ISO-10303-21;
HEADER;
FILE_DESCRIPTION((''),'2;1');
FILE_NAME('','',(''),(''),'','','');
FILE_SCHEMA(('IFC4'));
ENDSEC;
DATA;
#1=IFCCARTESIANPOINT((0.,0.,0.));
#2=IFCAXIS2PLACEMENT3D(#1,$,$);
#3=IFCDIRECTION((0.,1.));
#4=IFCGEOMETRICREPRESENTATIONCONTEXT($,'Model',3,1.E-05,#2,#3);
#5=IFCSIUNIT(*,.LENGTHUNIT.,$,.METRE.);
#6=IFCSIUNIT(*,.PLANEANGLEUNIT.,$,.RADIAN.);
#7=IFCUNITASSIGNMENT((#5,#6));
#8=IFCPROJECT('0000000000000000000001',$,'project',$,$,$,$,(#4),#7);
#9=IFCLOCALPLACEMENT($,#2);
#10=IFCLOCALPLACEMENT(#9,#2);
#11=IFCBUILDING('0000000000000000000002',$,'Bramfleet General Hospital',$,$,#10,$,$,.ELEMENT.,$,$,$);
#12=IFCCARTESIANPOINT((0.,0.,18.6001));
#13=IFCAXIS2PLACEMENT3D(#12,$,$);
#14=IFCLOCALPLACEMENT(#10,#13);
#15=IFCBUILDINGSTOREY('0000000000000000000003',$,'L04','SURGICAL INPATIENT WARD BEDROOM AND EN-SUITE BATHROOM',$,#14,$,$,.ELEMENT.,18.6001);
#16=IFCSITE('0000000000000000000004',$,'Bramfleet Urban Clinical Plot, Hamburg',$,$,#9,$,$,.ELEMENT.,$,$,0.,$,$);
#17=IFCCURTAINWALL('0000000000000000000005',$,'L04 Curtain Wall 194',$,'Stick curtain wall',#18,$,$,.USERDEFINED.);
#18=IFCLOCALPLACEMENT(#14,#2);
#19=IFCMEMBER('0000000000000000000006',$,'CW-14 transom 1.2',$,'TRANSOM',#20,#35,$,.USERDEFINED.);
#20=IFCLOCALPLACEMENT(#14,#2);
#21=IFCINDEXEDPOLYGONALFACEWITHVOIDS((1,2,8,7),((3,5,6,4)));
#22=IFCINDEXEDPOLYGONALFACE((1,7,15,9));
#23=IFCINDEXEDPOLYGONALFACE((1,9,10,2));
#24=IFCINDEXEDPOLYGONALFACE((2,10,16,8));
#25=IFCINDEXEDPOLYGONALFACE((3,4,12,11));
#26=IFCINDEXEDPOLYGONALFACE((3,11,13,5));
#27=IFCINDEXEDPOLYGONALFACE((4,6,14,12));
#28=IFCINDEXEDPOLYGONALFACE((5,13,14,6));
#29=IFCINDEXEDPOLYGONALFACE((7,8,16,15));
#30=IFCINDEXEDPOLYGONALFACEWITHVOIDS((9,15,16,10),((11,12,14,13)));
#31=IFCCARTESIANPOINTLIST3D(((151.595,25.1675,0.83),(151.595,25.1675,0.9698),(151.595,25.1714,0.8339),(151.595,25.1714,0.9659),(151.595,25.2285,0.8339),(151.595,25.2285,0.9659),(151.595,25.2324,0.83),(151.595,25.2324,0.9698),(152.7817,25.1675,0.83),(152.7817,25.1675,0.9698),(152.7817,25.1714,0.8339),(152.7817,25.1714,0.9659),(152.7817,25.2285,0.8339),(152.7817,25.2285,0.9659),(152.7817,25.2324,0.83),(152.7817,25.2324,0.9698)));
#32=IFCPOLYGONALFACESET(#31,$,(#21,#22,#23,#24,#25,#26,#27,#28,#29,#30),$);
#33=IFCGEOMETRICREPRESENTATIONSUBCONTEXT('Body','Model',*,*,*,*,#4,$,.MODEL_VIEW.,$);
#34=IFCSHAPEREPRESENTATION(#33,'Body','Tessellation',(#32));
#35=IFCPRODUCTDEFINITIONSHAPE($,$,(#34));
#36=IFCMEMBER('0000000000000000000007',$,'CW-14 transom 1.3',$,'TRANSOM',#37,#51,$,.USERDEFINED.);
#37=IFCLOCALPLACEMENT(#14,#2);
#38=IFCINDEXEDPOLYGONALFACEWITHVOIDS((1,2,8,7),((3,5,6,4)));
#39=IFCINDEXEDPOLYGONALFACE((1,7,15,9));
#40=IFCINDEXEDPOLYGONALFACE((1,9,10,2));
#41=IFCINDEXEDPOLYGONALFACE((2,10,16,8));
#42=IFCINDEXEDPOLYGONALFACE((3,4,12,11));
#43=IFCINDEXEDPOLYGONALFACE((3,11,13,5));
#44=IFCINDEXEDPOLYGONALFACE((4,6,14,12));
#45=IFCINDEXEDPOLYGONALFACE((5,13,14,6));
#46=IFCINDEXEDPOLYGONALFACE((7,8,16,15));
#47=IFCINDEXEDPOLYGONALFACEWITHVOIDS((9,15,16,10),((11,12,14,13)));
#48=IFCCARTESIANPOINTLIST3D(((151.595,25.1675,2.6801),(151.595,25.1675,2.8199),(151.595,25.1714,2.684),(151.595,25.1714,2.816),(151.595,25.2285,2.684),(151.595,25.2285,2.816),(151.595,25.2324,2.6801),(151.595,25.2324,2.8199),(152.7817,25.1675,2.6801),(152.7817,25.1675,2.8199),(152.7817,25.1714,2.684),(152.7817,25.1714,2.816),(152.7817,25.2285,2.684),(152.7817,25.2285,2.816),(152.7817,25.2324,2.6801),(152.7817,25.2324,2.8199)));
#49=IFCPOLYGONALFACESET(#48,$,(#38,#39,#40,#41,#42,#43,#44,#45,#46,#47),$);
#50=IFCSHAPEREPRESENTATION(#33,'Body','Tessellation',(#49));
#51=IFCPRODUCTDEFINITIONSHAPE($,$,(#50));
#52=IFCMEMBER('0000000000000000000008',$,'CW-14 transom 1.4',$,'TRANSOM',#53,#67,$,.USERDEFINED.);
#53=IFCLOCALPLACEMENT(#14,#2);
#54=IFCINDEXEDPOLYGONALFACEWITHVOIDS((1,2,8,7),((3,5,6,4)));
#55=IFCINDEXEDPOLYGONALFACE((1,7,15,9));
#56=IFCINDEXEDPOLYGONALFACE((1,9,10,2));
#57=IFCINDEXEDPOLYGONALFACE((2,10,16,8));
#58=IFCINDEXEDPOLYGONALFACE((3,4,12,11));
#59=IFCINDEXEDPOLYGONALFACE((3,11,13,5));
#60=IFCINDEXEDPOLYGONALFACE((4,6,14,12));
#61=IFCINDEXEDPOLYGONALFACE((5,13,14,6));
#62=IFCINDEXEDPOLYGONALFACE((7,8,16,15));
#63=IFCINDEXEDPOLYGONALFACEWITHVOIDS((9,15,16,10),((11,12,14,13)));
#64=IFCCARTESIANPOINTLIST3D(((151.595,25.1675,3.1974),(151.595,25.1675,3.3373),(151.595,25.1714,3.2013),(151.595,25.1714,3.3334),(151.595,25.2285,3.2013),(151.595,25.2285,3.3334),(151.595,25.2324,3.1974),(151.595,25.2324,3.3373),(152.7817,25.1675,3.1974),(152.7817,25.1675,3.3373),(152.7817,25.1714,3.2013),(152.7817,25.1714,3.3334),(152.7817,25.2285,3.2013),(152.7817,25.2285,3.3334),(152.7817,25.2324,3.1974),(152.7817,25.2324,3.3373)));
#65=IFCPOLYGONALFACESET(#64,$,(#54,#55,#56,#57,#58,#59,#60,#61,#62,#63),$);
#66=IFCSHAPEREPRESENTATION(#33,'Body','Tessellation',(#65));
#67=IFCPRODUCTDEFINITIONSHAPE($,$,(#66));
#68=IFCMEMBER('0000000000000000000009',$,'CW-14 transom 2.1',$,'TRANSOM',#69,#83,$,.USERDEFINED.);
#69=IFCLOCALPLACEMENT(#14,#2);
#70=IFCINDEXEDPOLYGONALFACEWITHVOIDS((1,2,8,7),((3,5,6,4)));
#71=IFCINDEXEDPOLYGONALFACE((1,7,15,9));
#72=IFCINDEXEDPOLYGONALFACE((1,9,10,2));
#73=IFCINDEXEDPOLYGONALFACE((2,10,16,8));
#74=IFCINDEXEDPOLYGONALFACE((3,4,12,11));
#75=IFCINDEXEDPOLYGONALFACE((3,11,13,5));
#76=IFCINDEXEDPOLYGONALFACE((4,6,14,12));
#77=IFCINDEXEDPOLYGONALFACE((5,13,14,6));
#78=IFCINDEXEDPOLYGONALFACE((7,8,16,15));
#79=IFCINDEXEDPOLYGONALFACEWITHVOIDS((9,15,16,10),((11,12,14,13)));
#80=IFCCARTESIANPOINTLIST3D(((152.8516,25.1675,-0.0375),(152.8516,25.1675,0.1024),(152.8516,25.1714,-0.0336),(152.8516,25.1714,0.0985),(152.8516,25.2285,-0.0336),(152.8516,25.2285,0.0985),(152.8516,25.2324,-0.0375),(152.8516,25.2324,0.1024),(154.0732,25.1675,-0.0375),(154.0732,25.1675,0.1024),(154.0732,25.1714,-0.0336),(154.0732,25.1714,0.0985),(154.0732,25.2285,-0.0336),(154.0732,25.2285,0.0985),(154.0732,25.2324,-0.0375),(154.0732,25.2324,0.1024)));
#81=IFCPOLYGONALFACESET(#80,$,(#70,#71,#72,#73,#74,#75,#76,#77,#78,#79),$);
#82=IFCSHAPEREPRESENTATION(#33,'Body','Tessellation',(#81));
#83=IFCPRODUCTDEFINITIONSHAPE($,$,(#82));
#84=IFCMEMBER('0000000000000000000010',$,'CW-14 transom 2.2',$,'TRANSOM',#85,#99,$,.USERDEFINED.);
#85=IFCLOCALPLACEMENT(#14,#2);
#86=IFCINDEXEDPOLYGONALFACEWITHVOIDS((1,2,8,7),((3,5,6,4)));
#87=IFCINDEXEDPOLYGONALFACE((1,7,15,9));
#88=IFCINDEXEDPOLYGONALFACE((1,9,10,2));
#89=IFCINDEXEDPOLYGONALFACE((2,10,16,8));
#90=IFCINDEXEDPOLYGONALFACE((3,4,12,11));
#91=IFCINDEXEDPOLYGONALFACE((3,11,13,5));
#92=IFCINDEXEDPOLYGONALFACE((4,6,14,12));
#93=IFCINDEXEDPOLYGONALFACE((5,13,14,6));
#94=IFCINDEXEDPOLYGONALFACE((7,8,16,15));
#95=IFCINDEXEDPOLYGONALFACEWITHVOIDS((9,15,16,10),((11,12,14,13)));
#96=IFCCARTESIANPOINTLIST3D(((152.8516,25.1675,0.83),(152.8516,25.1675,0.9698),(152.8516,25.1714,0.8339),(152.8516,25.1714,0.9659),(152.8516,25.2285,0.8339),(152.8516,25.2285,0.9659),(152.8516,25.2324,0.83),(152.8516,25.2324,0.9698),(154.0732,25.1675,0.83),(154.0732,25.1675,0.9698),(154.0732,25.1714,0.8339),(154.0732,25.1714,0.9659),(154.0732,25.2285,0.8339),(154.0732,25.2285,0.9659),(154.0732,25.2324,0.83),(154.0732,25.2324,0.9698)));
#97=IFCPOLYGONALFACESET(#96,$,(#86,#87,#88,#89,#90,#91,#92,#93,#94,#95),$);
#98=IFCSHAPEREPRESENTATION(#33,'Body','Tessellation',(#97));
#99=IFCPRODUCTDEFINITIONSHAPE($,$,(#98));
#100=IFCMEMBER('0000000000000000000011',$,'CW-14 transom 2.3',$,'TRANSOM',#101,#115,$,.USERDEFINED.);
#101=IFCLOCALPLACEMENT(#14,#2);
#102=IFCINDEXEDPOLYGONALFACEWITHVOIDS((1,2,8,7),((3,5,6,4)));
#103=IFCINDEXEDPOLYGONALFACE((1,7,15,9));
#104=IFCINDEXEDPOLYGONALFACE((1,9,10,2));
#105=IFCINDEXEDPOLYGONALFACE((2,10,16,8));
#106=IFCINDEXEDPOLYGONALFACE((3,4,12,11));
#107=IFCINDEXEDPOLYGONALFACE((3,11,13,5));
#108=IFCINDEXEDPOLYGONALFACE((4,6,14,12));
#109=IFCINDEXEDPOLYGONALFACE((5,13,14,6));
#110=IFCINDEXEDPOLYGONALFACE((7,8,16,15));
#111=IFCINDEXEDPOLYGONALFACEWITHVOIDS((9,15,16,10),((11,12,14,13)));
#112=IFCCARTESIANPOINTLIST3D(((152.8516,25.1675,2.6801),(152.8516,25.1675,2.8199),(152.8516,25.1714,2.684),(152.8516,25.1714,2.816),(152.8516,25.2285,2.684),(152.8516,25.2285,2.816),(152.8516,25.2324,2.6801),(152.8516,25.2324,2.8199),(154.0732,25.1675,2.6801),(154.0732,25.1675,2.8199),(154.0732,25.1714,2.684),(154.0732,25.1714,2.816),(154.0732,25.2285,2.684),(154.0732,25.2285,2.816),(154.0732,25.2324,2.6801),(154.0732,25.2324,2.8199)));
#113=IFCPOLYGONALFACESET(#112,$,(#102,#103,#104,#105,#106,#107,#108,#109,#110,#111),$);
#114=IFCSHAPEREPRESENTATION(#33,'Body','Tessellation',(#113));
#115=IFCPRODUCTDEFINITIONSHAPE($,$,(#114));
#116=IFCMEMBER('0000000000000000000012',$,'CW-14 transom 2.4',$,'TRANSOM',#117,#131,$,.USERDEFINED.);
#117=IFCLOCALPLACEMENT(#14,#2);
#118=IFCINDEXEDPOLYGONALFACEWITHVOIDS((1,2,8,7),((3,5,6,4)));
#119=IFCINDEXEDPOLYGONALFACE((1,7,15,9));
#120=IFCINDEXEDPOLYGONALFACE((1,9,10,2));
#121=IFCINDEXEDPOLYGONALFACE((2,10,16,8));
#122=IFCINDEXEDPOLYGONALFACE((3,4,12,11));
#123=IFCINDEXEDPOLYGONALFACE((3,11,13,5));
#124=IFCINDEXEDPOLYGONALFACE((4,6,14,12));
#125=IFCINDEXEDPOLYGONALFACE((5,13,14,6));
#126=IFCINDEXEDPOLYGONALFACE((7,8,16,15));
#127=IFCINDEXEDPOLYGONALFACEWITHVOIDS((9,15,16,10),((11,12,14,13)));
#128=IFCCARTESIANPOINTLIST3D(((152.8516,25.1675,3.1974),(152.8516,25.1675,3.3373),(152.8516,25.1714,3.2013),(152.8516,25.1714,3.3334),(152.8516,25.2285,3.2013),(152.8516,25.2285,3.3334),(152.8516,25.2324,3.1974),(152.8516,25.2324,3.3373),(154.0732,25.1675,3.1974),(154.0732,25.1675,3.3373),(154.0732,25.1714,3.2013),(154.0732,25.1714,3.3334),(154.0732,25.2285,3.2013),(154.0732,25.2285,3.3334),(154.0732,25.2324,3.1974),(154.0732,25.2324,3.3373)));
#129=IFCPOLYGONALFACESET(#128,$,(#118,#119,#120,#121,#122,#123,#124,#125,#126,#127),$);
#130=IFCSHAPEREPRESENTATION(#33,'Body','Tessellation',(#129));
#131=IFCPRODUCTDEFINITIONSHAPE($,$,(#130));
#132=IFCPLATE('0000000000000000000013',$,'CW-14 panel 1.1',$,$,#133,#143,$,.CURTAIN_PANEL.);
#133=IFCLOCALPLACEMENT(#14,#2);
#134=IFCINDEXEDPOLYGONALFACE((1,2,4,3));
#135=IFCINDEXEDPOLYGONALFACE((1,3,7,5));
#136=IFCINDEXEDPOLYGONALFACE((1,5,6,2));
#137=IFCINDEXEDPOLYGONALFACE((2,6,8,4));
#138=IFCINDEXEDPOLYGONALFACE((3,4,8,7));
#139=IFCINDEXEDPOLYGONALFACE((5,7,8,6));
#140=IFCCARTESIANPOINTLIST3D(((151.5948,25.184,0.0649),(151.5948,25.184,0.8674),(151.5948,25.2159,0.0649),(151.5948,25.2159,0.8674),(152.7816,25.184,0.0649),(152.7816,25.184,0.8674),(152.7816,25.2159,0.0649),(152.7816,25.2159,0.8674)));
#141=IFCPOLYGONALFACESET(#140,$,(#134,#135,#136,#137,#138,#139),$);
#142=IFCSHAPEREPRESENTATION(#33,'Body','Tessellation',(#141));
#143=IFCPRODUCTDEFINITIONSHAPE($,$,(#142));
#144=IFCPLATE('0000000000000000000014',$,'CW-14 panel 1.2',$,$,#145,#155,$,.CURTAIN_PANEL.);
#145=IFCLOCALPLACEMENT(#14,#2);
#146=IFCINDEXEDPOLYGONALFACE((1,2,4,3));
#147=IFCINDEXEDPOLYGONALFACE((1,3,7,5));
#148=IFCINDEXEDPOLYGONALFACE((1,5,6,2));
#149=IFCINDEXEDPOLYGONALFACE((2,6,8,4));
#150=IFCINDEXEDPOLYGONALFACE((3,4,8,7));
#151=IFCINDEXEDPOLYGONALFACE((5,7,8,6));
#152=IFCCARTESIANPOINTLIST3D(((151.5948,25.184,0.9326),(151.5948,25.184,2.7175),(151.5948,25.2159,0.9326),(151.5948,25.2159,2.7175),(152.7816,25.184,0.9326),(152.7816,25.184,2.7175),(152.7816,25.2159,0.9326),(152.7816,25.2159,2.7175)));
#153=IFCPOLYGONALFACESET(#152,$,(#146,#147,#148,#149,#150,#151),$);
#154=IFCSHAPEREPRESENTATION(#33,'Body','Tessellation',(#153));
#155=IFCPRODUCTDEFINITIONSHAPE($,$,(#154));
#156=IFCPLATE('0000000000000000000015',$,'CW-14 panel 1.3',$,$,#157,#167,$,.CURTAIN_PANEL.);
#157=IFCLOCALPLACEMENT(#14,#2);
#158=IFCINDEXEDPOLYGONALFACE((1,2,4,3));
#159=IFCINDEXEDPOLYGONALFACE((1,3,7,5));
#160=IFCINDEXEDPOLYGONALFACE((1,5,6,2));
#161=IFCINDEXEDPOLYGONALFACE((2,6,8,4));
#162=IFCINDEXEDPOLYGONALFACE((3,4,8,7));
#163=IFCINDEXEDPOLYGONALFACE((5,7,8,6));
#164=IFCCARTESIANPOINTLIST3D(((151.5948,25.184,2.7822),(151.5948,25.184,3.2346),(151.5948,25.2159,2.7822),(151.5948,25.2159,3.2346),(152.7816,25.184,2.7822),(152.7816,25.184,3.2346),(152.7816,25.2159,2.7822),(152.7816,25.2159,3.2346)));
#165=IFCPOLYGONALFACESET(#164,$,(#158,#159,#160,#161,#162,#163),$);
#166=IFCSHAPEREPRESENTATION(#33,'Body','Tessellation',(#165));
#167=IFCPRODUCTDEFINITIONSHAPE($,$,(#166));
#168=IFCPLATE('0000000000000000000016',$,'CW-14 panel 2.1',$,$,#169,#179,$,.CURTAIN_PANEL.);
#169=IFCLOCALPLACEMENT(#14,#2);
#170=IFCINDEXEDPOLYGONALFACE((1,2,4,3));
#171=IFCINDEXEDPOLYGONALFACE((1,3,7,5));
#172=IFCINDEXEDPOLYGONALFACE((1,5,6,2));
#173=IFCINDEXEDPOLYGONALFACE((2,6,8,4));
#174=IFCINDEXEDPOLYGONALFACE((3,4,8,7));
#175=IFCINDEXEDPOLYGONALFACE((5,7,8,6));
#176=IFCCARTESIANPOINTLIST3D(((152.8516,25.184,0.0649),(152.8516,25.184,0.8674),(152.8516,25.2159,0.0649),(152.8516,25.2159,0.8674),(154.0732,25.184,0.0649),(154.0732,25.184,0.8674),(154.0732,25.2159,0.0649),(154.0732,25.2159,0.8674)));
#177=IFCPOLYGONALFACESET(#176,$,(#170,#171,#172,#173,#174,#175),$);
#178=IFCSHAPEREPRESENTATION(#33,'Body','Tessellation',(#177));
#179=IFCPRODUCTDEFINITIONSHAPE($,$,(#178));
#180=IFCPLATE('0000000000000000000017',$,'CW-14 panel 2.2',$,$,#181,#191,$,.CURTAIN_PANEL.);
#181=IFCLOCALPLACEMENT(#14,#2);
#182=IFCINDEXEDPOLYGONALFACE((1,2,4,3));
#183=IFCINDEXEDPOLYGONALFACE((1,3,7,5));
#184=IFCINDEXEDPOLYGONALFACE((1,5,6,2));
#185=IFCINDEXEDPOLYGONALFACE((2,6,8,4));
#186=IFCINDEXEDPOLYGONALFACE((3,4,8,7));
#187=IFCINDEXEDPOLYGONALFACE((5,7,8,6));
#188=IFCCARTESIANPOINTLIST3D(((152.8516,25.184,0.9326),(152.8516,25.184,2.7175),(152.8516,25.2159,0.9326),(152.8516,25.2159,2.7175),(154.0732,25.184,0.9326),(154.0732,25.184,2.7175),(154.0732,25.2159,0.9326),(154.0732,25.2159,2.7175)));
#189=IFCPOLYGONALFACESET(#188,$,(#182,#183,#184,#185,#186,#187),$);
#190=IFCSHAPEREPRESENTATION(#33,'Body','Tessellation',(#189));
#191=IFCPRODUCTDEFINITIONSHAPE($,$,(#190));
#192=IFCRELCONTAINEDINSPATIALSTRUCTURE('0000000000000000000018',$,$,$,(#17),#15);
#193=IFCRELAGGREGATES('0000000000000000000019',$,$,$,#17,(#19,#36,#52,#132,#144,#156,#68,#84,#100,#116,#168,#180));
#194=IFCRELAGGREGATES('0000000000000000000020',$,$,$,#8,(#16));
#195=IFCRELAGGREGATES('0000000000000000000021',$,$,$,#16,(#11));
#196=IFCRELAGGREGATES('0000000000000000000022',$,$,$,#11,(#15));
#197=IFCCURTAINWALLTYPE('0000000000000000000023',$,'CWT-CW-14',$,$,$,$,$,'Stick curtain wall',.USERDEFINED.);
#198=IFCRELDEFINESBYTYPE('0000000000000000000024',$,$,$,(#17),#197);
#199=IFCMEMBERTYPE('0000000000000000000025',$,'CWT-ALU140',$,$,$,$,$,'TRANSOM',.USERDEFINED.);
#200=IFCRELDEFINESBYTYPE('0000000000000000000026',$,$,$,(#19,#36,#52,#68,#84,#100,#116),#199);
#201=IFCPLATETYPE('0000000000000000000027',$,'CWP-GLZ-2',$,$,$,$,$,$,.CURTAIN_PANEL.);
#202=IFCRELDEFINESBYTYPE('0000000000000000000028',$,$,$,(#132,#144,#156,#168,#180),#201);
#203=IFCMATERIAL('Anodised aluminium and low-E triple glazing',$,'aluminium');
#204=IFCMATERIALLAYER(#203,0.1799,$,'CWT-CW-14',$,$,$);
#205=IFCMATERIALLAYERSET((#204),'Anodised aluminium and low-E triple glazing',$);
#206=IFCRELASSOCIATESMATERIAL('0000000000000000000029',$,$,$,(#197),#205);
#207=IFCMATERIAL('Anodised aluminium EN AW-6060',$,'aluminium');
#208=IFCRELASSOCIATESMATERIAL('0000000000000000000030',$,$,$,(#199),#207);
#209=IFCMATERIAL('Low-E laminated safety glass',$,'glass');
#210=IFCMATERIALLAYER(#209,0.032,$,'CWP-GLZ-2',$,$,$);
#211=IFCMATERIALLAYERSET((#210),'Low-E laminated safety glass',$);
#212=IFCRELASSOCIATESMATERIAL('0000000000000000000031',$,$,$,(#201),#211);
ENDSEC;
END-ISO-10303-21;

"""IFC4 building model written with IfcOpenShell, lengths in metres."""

from ifc_helpers import new_model, si_unit, direction, frame, origin, origin_2d, place, context, subcontext, project, spatial, rectangle, hollow_rectangle, extrude, material, layer, layer_set, material_profile, profile_set, type_object, element, aggregate, save


model = new_model("IFC4")

# Units and contexts
model_context = context("Model", 3, precision=1e-05, world=origin(), true_north=direction((0.0, 1.0)))
body_context = subcontext(model_context, "Body", "Model", "MODEL_VIEW")
ifc_project = project(units=[si_unit("LENGTHUNIT", "METRE"), si_unit("PLANEANGLEUNIT", "RADIAN")], contexts=[model_context])

# Site, building, storey
site_placement = place(None, origin())
site = spatial("IfcSite", under=ifc_project, at=site_placement, Name="Bramfleet Urban Clinical Plot, Hamburg", CompositionType="ELEMENT", RefElevation=0.0)
building_placement = place(site_placement, origin())
building = spatial("IfcBuilding", under=site, at=building_placement, Name="Bramfleet General Hospital", CompositionType="ELEMENT")
storey_placement = place(building_placement, frame((0.0, 0.0, 18.6001)))
storey = spatial("IfcBuildingStorey", under=building, at=storey_placement, Name="L04", Description="SURGICAL INPATIENT WARD BEDROOM AND EN-SUITE BATHROOM", CompositionType="ELEMENT", Elevation=18.6001)

# Curtain wall, members, plates
ifc_material_1 = material(Name="Anodised aluminium and low-E triple glazing", Category="aluminium")
ifc_layer_1 = layer(ifc_material_1, 0.1799, Name="CWT-CW-14")
ifc_layer_set_1 = layer_set([ifc_layer_1], Name="Anodised aluminium and low-E triple glazing")
curtain_wall_type = type_object("IfcCurtainWallType", Name="CWT-CW-14", ElementType="Stick curtain wall", PredefinedType="USERDEFINED", material=ifc_layer_set_1)
curtain_wall_placement = place(storey_placement, origin())
curtain_wall = element("IfcCurtainWall", 1, at=curtain_wall_placement, inside=storey, type_object=curtain_wall_type, Name="L04 Curtain Wall 194", ObjectType="Stick curtain wall", PredefinedType="USERDEFINED")
ifc_material_2 = material(Name="Anodised aluminium EN AW-6060", Category="aluminium")
ifc_material_profile_1 = material_profile(ifc_material_2, hollow_rectangle(XDim=0.0649, YDim=0.1399, WallThickness=0.0039, at=origin_2d()), Name="ALU 140x65x4.0")
ifc_profile_set_1 = profile_set([ifc_material_profile_1], Name="Anodised aluminium EN AW-6060")
member_type_1 = type_object("IfcMemberType", Name="CWT-ALU140", ElementType="TRANSOM", PredefinedType="USERDEFINED", material=ifc_profile_set_1)
member_1_placement = place(storey_placement, frame((151.595, 25.2, 0.8999), z_axis=(1.0, 0.0, 0.0), x_axis=(0.0, 1.0, 0.0)))
member_1 = element("IfcMember", 2, at=member_1_placement, type_object=member_type_1, Name="CW-14 transom 1.2", ObjectType="TRANSOM", PredefinedType="USERDEFINED", context=body_context, shape_type="SweptSolid", body=[
    extrude(hollow_rectangle(XDim=0.0649, YDim=0.1399, WallThickness=0.0039, at=origin_2d()), origin(), (0.0, 0.0, 1.0), 1.1868),
])
member_2_placement = place(storey_placement, frame((151.595, 25.2, 2.75), z_axis=(1.0, 0.0, 0.0), x_axis=(0.0, 1.0, 0.0)))
member_2 = element("IfcMember", 3, at=member_2_placement, type_object=member_type_1, Name="CW-14 transom 1.3", ObjectType="TRANSOM", PredefinedType="USERDEFINED", context=body_context, shape_type="SweptSolid", body=[
    extrude(hollow_rectangle(XDim=0.0649, YDim=0.1399, WallThickness=0.0039, at=origin_2d()), origin(), (0.0, 0.0, 1.0), 1.1868),
])
member_3_placement = place(storey_placement, frame((151.595, 25.2, 3.2673), z_axis=(1.0, 0.0, 0.0), x_axis=(0.0, 1.0, 0.0)))
member_3 = element("IfcMember", 4, at=member_3_placement, type_object=member_type_1, Name="CW-14 transom 1.4", ObjectType="TRANSOM", PredefinedType="USERDEFINED", context=body_context, shape_type="SweptSolid", body=[
    extrude(hollow_rectangle(XDim=0.0649, YDim=0.1399, WallThickness=0.0039, at=origin_2d()), origin(), (0.0, 0.0, 1.0), 1.1868),
])
member_4_placement = place(storey_placement, frame((152.8516, 25.2, 0.0325), z_axis=(1.0, 0.0, 0.0), x_axis=(0.0, 1.0, 0.0)))
member_4 = element("IfcMember", 5, at=member_4_placement, type_object=member_type_1, Name="CW-14 transom 2.1", ObjectType="TRANSOM", PredefinedType="USERDEFINED", context=body_context, shape_type="SweptSolid", body=[
    extrude(hollow_rectangle(XDim=0.0649, YDim=0.1399, WallThickness=0.0039, at=origin_2d()), origin(), (0.0, 0.0, 1.0), 1.2217),
])
member_5_placement = place(storey_placement, frame((152.8516, 25.2, 0.8999), z_axis=(1.0, 0.0, 0.0), x_axis=(0.0, 1.0, 0.0)))
member_5 = element("IfcMember", 6, at=member_5_placement, type_object=member_type_1, Name="CW-14 transom 2.2", ObjectType="TRANSOM", PredefinedType="USERDEFINED", context=body_context, shape_type="SweptSolid", body=[
    extrude(hollow_rectangle(XDim=0.0649, YDim=0.1399, WallThickness=0.0039, at=origin_2d()), origin(), (0.0, 0.0, 1.0), 1.2217),
])
member_6_placement = place(storey_placement, frame((152.8516, 25.2, 2.75), z_axis=(1.0, 0.0, 0.0), x_axis=(0.0, 1.0, 0.0)))
member_6 = element("IfcMember", 7, at=member_6_placement, type_object=member_type_1, Name="CW-14 transom 2.3", ObjectType="TRANSOM", PredefinedType="USERDEFINED", context=body_context, shape_type="SweptSolid", body=[
    extrude(hollow_rectangle(XDim=0.0649, YDim=0.1399, WallThickness=0.0039, at=origin_2d()), origin(), (0.0, 0.0, 1.0), 1.2217),
])
member_7_placement = place(storey_placement, frame((152.8516, 25.2, 3.2673), z_axis=(1.0, 0.0, 0.0), x_axis=(0.0, 1.0, 0.0)))
member_7 = element("IfcMember", 8, at=member_7_placement, type_object=member_type_1, Name="CW-14 transom 2.4", ObjectType="TRANSOM", PredefinedType="USERDEFINED", context=body_context, shape_type="SweptSolid", body=[
    extrude(hollow_rectangle(XDim=0.0649, YDim=0.1399, WallThickness=0.0039, at=origin_2d()), origin(), (0.0, 0.0, 1.0), 1.2217),
])
ifc_material_3 = material(Name="Low-E laminated safety glass", Category="glass")
ifc_layer_2 = layer(ifc_material_3, 0.032, Name="CWP-GLZ-2")
ifc_layer_set_2 = layer_set([ifc_layer_2], Name="Low-E laminated safety glass")
plate_type = type_object("IfcPlateType", Name="CWP-GLZ-2", PredefinedType="CURTAIN_PANEL", material=ifc_layer_set_2)
plate_1_placement = place(storey_placement, frame((152.1882, 25.2, 0.0649), z_axis=(0.0, 0.0, 1.0), x_axis=(1.0, 0.0, 0.0)))
plate_1 = element("IfcPlate", 9, at=plate_1_placement, type_object=plate_type, Name="CW-14 panel 1.1", PredefinedType="CURTAIN_PANEL", context=body_context, shape_type="SweptSolid", body=[
    extrude(rectangle(XDim=1.1868, YDim=0.032, at=origin_2d()), origin(), (0.0, 0.0, 1.0), 0.8025),
])
plate_2_placement = place(storey_placement, frame((152.1882, 25.2, 0.9326), z_axis=(0.0, 0.0, 1.0), x_axis=(1.0, 0.0, 0.0)))
plate_2 = element("IfcPlate", 10, at=plate_2_placement, type_object=plate_type, Name="CW-14 panel 1.2", PredefinedType="CURTAIN_PANEL", context=body_context, shape_type="SweptSolid", body=[
    extrude(rectangle(XDim=1.1868, YDim=0.032, at=origin_2d()), origin(), (0.0, 0.0, 1.0), 1.7849),
])
plate_3_placement = place(storey_placement, frame((152.1882, 25.2, 2.7822), z_axis=(0.0, 0.0, 1.0), x_axis=(1.0, 0.0, 0.0)))
plate_3 = element("IfcPlate", 11, at=plate_3_placement, type_object=plate_type, Name="CW-14 panel 1.3", PredefinedType="CURTAIN_PANEL", context=body_context, shape_type="SweptSolid", body=[
    extrude(rectangle(XDim=1.1868, YDim=0.032, at=origin_2d()), origin(), (0.0, 0.0, 1.0), 0.4524),
])
plate_4_placement = place(storey_placement, frame((153.4624, 25.2, 0.0649), z_axis=(0.0, 0.0, 1.0), x_axis=(1.0, 0.0, 0.0)))
plate_4 = element("IfcPlate", 12, at=plate_4_placement, type_object=plate_type, Name="CW-14 panel 2.1", PredefinedType="CURTAIN_PANEL", context=body_context, shape_type="SweptSolid", body=[
    extrude(rectangle(XDim=1.2217, YDim=0.032, at=origin_2d()), origin(), (0.0, 0.0, 1.0), 0.8025),
])
plate_5_placement = place(storey_placement, frame((153.4624, 25.2, 0.9326), z_axis=(0.0, 0.0, 1.0), x_axis=(1.0, 0.0, 0.0)))
plate_5 = element("IfcPlate", 13, at=plate_5_placement, type_object=plate_type, Name="CW-14 panel 2.2", PredefinedType="CURTAIN_PANEL", context=body_context, shape_type="SweptSolid", body=[
    extrude(rectangle(XDim=1.2217, YDim=0.032, at=origin_2d()), origin(), (0.0, 0.0, 1.0), 1.7849),
])
aggregate(curtain_wall, [member_1, member_2, member_3, plate_1, plate_2, plate_3, member_4, member_5, member_6, member_7, plate_4, plate_5])

save(model, "model.ifc")
